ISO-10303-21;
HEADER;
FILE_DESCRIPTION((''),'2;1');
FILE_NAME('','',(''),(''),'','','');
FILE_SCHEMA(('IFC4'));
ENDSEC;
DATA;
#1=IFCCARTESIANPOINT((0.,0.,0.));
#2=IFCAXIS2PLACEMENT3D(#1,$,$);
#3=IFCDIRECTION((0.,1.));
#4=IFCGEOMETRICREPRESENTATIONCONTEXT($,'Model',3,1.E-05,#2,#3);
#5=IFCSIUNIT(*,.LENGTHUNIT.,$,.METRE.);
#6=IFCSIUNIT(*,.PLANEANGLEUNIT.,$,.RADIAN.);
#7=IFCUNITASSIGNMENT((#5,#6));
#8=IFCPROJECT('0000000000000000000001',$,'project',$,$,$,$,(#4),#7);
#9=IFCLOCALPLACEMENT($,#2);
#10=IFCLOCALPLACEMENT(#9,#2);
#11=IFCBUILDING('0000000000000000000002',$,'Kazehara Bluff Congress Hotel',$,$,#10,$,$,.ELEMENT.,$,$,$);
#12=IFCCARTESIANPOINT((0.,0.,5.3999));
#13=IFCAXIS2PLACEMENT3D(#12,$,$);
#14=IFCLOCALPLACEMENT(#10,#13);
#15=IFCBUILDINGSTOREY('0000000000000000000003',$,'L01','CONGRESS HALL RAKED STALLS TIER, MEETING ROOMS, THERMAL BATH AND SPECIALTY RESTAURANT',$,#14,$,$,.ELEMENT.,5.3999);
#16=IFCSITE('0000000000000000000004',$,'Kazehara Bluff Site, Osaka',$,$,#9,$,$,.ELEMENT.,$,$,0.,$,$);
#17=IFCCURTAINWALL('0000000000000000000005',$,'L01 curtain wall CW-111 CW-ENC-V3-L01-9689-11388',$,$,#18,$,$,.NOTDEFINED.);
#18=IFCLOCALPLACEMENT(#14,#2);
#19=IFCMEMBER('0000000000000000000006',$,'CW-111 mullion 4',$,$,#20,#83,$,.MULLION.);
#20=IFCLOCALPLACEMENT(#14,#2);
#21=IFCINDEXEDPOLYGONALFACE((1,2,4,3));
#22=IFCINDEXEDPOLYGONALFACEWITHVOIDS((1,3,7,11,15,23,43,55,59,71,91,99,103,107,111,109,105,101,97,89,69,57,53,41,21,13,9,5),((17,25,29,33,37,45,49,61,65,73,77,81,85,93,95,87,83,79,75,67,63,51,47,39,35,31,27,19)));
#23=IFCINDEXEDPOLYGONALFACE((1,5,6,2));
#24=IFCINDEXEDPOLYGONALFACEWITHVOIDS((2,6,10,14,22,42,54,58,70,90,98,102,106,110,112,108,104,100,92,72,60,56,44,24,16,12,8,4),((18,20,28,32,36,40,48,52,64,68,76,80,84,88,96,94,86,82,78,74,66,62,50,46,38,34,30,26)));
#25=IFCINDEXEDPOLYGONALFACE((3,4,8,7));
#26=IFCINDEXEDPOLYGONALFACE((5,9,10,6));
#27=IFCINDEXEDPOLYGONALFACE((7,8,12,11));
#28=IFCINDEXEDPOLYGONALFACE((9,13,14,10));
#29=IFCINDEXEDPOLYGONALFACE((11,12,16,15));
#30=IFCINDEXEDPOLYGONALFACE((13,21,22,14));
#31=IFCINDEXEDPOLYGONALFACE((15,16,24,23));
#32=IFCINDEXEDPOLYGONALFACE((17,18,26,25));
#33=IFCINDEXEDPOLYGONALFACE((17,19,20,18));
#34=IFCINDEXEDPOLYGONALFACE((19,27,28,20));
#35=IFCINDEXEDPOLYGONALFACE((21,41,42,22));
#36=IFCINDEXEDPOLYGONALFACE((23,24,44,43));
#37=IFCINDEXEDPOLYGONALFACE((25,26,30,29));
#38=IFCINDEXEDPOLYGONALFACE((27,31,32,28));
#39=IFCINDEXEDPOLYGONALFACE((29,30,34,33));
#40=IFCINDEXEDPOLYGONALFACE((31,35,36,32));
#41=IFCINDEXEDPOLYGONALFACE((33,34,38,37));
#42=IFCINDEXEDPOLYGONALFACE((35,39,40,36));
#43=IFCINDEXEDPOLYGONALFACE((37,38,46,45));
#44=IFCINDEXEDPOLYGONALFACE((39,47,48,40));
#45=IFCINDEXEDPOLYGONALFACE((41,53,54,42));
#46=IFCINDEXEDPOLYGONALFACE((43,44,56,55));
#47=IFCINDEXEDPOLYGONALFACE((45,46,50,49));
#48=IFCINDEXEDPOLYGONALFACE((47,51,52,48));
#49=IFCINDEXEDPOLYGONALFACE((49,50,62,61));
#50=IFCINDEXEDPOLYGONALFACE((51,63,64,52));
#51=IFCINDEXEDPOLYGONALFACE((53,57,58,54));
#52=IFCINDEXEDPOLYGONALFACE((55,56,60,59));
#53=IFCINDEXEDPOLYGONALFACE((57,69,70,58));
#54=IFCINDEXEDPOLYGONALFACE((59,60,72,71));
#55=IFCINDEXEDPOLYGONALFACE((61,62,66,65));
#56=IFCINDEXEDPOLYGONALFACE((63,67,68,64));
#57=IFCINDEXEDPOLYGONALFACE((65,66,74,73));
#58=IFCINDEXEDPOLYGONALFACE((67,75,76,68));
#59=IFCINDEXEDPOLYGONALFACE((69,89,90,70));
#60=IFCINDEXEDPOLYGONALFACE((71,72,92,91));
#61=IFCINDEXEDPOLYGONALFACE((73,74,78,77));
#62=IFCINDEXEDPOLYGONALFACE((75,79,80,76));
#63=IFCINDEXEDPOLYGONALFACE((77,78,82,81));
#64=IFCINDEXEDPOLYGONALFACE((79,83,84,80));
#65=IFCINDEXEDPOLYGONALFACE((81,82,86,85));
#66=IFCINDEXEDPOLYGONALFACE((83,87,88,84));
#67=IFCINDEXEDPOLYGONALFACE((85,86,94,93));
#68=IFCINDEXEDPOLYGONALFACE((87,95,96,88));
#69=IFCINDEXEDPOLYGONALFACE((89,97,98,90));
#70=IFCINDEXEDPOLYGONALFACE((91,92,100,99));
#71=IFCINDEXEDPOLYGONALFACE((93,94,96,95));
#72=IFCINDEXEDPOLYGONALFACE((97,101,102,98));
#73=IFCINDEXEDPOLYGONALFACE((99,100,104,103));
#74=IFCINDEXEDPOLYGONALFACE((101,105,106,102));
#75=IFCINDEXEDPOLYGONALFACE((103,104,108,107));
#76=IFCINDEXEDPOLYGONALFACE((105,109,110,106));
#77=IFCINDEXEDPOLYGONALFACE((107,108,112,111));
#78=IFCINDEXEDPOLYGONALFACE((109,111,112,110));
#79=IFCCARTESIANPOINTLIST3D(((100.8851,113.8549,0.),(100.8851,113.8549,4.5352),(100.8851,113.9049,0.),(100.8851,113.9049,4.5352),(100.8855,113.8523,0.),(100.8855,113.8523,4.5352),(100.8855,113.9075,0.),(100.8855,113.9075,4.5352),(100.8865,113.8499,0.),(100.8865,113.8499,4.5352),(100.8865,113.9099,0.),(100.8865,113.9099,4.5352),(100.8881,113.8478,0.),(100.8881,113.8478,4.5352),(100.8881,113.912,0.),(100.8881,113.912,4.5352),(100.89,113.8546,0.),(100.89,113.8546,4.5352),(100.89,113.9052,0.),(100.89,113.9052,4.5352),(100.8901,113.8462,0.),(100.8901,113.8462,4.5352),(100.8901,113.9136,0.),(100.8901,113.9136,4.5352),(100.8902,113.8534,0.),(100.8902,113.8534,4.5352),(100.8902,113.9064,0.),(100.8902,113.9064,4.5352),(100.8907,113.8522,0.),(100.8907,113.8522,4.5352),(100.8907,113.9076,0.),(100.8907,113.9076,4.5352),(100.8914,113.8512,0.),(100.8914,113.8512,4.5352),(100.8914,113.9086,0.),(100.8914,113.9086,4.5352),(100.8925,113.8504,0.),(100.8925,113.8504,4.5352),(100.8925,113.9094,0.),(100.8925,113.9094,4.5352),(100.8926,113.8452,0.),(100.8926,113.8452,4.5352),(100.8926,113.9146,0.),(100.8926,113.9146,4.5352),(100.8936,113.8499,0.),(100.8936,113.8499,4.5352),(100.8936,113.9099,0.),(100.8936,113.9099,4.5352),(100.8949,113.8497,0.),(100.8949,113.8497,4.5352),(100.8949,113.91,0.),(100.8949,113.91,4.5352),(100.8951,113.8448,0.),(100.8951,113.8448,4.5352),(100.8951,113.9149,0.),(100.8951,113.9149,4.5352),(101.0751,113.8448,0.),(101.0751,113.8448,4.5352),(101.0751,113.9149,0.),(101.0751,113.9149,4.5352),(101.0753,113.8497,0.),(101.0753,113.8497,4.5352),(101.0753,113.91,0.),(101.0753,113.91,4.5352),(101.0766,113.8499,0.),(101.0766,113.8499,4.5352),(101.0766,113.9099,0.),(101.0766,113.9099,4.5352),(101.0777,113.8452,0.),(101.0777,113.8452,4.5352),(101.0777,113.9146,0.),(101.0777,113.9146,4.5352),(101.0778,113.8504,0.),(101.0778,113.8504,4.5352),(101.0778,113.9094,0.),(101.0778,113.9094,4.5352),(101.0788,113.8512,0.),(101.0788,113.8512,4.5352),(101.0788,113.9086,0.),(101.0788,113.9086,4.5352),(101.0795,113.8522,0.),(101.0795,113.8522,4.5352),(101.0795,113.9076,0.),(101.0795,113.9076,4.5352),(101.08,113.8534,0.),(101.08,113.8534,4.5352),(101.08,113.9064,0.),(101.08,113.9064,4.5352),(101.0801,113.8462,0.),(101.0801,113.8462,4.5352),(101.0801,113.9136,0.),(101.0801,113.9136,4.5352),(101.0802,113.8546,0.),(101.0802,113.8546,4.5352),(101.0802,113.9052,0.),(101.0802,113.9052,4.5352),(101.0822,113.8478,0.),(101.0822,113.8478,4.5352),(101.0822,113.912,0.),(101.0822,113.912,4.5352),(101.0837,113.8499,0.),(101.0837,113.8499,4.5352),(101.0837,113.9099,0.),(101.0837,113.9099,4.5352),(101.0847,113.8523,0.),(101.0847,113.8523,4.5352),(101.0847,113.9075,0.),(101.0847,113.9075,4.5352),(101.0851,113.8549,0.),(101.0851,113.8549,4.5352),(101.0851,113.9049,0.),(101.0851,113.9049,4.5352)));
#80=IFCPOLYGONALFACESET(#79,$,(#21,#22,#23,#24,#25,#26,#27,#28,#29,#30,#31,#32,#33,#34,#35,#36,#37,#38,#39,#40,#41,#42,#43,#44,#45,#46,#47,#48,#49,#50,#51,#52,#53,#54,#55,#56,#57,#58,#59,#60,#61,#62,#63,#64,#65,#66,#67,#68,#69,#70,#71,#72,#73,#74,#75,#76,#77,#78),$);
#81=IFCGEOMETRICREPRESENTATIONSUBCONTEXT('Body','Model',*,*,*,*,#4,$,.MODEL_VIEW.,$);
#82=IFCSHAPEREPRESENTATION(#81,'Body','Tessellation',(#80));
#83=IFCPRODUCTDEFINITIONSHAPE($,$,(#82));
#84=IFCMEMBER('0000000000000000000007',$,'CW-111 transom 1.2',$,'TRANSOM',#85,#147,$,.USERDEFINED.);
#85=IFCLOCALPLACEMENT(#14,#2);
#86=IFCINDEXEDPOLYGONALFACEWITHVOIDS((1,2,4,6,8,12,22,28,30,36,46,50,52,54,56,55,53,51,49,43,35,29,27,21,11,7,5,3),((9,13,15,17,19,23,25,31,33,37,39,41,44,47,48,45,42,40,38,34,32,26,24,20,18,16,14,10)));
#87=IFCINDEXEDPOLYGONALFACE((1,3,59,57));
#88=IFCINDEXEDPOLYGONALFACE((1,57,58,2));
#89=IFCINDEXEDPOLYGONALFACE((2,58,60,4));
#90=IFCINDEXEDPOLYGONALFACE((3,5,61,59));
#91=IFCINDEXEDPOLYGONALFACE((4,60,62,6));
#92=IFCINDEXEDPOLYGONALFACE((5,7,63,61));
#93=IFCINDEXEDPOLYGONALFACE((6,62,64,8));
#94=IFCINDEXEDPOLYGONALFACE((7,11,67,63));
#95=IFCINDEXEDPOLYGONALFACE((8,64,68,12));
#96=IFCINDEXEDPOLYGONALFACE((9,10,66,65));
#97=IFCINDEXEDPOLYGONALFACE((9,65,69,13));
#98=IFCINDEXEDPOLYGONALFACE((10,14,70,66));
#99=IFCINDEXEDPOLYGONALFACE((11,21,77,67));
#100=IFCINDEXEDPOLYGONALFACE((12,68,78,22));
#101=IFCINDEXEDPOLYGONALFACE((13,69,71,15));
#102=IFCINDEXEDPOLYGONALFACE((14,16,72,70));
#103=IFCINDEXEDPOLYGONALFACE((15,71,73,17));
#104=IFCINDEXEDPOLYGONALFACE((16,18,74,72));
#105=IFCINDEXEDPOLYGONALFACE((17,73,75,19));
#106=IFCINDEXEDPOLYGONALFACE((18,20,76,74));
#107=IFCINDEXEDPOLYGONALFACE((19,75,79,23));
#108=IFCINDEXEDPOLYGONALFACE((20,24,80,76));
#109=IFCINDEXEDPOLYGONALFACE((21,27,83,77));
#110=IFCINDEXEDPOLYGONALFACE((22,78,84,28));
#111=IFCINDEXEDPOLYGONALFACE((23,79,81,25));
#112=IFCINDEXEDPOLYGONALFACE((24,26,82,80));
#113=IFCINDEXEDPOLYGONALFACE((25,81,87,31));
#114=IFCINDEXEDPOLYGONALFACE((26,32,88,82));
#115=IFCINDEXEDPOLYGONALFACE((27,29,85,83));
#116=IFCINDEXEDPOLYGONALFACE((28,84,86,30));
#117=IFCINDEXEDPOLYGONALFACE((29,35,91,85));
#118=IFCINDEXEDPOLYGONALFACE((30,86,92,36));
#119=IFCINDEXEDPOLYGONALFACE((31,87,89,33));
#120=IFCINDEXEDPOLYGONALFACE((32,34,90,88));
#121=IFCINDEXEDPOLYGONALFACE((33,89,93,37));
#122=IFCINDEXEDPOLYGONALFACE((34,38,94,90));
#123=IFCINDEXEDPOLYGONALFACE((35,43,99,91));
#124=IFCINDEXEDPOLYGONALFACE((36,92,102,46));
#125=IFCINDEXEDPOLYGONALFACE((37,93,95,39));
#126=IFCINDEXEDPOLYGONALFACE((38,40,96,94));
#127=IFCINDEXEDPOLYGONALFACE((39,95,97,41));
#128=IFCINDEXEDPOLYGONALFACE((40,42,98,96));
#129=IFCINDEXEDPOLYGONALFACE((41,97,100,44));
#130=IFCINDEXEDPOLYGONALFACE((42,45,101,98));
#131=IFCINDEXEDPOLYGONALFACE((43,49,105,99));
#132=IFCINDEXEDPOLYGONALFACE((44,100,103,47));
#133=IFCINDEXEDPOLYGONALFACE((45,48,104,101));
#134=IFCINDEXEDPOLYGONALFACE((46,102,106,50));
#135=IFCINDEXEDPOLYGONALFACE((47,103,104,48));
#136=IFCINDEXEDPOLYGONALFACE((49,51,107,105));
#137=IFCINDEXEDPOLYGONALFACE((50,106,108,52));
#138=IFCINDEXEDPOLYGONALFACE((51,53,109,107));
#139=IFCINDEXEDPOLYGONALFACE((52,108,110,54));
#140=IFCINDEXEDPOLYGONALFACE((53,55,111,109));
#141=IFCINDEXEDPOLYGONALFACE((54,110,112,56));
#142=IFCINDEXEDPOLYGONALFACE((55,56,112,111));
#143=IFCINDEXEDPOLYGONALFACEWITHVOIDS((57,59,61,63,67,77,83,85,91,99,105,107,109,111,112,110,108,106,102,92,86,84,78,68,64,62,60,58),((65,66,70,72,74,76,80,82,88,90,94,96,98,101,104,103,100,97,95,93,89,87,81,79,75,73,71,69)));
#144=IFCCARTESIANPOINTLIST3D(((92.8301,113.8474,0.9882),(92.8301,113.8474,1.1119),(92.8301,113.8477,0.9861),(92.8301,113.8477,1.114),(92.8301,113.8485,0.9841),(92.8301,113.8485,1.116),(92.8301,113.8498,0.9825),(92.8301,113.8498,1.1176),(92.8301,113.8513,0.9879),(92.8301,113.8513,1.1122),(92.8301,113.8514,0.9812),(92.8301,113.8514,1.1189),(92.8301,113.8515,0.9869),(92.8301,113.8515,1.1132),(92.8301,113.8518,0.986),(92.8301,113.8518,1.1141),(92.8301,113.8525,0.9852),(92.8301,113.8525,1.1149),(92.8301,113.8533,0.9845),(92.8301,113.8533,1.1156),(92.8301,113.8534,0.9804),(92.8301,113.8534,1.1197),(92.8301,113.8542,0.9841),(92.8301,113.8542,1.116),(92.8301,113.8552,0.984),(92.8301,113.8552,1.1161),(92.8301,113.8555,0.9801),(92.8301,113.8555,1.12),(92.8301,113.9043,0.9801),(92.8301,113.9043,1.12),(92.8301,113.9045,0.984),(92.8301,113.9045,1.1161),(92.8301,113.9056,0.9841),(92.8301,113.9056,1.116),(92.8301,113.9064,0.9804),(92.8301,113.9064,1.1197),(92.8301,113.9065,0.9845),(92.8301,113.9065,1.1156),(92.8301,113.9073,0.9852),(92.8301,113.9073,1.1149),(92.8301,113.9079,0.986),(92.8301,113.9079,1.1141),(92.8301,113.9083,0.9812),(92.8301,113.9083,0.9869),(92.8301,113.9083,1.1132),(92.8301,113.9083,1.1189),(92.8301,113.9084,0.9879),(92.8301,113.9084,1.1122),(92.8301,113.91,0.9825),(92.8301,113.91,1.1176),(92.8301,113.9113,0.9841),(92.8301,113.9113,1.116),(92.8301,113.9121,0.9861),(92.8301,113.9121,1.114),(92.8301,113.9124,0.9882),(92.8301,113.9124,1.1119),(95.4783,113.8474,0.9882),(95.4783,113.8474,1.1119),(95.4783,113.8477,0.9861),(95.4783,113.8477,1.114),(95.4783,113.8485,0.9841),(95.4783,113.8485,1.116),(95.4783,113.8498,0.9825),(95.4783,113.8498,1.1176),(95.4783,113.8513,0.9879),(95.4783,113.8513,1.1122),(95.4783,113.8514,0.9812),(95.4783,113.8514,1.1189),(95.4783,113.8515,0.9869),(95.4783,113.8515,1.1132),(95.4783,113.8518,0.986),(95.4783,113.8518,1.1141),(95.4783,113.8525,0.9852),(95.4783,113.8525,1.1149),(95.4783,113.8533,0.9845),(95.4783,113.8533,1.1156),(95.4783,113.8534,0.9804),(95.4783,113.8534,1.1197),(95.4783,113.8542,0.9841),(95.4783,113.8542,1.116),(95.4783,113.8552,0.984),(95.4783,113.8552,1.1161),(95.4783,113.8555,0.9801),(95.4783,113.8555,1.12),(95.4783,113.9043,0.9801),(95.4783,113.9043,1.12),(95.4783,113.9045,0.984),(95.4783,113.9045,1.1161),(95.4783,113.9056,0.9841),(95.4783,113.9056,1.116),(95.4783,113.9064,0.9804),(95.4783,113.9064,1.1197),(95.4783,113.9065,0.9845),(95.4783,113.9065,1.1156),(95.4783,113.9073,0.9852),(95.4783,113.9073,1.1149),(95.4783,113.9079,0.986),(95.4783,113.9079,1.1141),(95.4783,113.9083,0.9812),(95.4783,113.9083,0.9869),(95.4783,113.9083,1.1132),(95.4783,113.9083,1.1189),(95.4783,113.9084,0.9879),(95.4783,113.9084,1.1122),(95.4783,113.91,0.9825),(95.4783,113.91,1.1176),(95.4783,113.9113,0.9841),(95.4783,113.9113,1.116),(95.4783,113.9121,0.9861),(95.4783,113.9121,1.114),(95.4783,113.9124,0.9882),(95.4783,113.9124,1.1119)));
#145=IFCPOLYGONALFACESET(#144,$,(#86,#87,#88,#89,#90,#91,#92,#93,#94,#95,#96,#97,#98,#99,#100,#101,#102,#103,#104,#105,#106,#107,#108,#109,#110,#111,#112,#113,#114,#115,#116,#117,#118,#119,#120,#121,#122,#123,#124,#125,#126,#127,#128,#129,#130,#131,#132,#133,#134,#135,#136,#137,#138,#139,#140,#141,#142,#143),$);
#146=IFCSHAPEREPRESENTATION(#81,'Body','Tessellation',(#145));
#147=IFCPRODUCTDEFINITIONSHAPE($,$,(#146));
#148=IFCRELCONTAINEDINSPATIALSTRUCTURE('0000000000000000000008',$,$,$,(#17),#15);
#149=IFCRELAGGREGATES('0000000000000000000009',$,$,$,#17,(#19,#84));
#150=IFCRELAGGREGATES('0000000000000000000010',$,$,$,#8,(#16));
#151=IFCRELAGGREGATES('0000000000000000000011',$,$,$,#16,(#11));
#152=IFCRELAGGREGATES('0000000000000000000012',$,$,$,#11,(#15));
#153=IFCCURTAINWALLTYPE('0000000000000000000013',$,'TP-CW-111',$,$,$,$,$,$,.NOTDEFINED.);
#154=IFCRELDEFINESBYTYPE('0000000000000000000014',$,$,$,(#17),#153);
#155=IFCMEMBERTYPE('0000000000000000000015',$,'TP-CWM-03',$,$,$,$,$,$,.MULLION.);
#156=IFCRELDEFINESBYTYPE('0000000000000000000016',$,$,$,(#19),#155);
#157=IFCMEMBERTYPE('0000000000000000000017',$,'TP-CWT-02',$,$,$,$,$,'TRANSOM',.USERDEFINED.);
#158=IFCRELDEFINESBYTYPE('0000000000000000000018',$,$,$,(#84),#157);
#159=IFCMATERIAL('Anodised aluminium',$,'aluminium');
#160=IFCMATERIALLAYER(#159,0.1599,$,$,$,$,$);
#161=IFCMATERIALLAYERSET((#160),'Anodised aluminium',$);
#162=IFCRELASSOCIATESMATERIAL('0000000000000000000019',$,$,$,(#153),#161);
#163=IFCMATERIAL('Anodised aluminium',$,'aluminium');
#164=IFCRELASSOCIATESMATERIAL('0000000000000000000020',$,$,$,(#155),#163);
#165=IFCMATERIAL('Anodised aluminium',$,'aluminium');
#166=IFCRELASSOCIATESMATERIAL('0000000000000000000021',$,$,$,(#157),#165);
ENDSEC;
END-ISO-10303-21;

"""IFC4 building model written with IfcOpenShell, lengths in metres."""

from ifc_helpers import new_model, si_unit, direction, frame, origin, origin_2d, place, context, subcontext, project, spatial, hollow_rectangle, extrude, material, layer, layer_set, material_profile, profile_set, type_object, element, aggregate, save


model = new_model("IFC4")

# Units and contexts
model_context = context("Model", 3, precision=1e-05, world=origin(), true_north=direction((0.0, 1.0)))
body_context = subcontext(model_context, "Body", "Model", "MODEL_VIEW")
ifc_project = project(units=[si_unit("LENGTHUNIT", "METRE"), si_unit("PLANEANGLEUNIT", "RADIAN")], contexts=[model_context])

# Site, building, storey
site_placement = place(None, origin())
site = spatial("IfcSite", under=ifc_project, at=site_placement, Name="Kazehara Bluff Site, Osaka", CompositionType="ELEMENT", RefElevation=0.0)
building_placement = place(site_placement, origin())
building = spatial("IfcBuilding", under=site, at=building_placement, Name="Kazehara Bluff Congress Hotel", CompositionType="ELEMENT")
storey_placement = place(building_placement, frame((0.0, 0.0, 5.3999)))
storey = spatial("IfcBuildingStorey", under=building, at=storey_placement, Name="L01", Description="CONGRESS HALL RAKED STALLS TIER, MEETING ROOMS, THERMAL BATH AND SPECIALTY RESTAURANT", CompositionType="ELEMENT", Elevation=5.3999)

# Curtain wall, members
ifc_material_1 = material(Name="Anodised aluminium", Category="aluminium")
ifc_layer_1 = layer(ifc_material_1, 0.1599)
ifc_layer_set_1 = layer_set([ifc_layer_1], Name="Anodised aluminium")
curtain_wall_type = type_object("IfcCurtainWallType", Name="TP-CW-111", PredefinedType="NOTDEFINED", material=ifc_layer_set_1)
curtain_wall_placement = place(storey_placement, origin())
curtain_wall = element("IfcCurtainWall", 1, at=curtain_wall_placement, inside=storey, type_object=curtain_wall_type, Name="L01 curtain wall CW-111 CW-ENC-V3-L01-9689-11388", PredefinedType="NOTDEFINED")
ifc_material_2 = material(Name="Anodised aluminium", Category="aluminium")
ifc_material_profile_1 = material_profile(ifc_material_2, hollow_rectangle(XDim=0.0701, YDim=0.2, WallThickness=0.0049, InnerFilletRadius=0.0049, OuterFilletRadius=0.01, at=origin_2d()))
ifc_profile_set_1 = profile_set([ifc_material_profile_1], Name="Anodised aluminium")
member_type_1 = type_object("IfcMemberType", Name="TP-CWM-03", PredefinedType="MULLION", material=ifc_profile_set_1)
member_1_placement = place(storey_placement, frame((100.9851, 113.8799, 0.0), z_axis=(0.0, 0.0, 1.0), x_axis=(0.0, 1.0, 0.0)))
member_1 = element("IfcMember", 2, at=member_1_placement, type_object=member_type_1, Name="CW-111 mullion 4", PredefinedType="MULLION", context=body_context, shape_type="SweptSolid", body=[
    extrude(hollow_rectangle(XDim=0.0701, YDim=0.2, WallThickness=0.0049, InnerFilletRadius=0.0049, OuterFilletRadius=0.01, at=origin_2d()), origin(), (0.0, 0.0, 1.0), 4.5352),
])
ifc_material_3 = material(Name="Anodised aluminium", Category="aluminium")
ifc_material_profile_2 = material_profile(ifc_material_3, hollow_rectangle(XDim=0.0649, YDim=0.1399, WallThickness=0.0039, InnerFilletRadius=0.0039, OuterFilletRadius=0.0081, at=origin_2d()))
ifc_profile_set_2 = profile_set([ifc_material_profile_2], Name="Anodised aluminium")
member_type_2 = type_object("IfcMemberType", Name="TP-CWT-02", ElementType="TRANSOM", PredefinedType="USERDEFINED", material=ifc_profile_set_2)
member_2_placement = place(storey_placement, frame((92.8301, 113.8799, 1.05), z_axis=(1.0, 0.0, 0.0), x_axis=(0.0, 1.0, 0.0)))
member_2 = element("IfcMember", 3, at=member_2_placement, type_object=member_type_2, Name="CW-111 transom 1.2", ObjectType="TRANSOM", PredefinedType="USERDEFINED", context=body_context, shape_type="SweptSolid", body=[
    extrude(hollow_rectangle(XDim=0.0649, YDim=0.1399, WallThickness=0.0039, InnerFilletRadius=0.0039, OuterFilletRadius=0.0081, at=origin_2d()), origin(), (0.0, 0.0, 1.0), 2.6482),
])

aggregate(curtain_wall, [member_1, member_2])

save(model, "model.ifc")
